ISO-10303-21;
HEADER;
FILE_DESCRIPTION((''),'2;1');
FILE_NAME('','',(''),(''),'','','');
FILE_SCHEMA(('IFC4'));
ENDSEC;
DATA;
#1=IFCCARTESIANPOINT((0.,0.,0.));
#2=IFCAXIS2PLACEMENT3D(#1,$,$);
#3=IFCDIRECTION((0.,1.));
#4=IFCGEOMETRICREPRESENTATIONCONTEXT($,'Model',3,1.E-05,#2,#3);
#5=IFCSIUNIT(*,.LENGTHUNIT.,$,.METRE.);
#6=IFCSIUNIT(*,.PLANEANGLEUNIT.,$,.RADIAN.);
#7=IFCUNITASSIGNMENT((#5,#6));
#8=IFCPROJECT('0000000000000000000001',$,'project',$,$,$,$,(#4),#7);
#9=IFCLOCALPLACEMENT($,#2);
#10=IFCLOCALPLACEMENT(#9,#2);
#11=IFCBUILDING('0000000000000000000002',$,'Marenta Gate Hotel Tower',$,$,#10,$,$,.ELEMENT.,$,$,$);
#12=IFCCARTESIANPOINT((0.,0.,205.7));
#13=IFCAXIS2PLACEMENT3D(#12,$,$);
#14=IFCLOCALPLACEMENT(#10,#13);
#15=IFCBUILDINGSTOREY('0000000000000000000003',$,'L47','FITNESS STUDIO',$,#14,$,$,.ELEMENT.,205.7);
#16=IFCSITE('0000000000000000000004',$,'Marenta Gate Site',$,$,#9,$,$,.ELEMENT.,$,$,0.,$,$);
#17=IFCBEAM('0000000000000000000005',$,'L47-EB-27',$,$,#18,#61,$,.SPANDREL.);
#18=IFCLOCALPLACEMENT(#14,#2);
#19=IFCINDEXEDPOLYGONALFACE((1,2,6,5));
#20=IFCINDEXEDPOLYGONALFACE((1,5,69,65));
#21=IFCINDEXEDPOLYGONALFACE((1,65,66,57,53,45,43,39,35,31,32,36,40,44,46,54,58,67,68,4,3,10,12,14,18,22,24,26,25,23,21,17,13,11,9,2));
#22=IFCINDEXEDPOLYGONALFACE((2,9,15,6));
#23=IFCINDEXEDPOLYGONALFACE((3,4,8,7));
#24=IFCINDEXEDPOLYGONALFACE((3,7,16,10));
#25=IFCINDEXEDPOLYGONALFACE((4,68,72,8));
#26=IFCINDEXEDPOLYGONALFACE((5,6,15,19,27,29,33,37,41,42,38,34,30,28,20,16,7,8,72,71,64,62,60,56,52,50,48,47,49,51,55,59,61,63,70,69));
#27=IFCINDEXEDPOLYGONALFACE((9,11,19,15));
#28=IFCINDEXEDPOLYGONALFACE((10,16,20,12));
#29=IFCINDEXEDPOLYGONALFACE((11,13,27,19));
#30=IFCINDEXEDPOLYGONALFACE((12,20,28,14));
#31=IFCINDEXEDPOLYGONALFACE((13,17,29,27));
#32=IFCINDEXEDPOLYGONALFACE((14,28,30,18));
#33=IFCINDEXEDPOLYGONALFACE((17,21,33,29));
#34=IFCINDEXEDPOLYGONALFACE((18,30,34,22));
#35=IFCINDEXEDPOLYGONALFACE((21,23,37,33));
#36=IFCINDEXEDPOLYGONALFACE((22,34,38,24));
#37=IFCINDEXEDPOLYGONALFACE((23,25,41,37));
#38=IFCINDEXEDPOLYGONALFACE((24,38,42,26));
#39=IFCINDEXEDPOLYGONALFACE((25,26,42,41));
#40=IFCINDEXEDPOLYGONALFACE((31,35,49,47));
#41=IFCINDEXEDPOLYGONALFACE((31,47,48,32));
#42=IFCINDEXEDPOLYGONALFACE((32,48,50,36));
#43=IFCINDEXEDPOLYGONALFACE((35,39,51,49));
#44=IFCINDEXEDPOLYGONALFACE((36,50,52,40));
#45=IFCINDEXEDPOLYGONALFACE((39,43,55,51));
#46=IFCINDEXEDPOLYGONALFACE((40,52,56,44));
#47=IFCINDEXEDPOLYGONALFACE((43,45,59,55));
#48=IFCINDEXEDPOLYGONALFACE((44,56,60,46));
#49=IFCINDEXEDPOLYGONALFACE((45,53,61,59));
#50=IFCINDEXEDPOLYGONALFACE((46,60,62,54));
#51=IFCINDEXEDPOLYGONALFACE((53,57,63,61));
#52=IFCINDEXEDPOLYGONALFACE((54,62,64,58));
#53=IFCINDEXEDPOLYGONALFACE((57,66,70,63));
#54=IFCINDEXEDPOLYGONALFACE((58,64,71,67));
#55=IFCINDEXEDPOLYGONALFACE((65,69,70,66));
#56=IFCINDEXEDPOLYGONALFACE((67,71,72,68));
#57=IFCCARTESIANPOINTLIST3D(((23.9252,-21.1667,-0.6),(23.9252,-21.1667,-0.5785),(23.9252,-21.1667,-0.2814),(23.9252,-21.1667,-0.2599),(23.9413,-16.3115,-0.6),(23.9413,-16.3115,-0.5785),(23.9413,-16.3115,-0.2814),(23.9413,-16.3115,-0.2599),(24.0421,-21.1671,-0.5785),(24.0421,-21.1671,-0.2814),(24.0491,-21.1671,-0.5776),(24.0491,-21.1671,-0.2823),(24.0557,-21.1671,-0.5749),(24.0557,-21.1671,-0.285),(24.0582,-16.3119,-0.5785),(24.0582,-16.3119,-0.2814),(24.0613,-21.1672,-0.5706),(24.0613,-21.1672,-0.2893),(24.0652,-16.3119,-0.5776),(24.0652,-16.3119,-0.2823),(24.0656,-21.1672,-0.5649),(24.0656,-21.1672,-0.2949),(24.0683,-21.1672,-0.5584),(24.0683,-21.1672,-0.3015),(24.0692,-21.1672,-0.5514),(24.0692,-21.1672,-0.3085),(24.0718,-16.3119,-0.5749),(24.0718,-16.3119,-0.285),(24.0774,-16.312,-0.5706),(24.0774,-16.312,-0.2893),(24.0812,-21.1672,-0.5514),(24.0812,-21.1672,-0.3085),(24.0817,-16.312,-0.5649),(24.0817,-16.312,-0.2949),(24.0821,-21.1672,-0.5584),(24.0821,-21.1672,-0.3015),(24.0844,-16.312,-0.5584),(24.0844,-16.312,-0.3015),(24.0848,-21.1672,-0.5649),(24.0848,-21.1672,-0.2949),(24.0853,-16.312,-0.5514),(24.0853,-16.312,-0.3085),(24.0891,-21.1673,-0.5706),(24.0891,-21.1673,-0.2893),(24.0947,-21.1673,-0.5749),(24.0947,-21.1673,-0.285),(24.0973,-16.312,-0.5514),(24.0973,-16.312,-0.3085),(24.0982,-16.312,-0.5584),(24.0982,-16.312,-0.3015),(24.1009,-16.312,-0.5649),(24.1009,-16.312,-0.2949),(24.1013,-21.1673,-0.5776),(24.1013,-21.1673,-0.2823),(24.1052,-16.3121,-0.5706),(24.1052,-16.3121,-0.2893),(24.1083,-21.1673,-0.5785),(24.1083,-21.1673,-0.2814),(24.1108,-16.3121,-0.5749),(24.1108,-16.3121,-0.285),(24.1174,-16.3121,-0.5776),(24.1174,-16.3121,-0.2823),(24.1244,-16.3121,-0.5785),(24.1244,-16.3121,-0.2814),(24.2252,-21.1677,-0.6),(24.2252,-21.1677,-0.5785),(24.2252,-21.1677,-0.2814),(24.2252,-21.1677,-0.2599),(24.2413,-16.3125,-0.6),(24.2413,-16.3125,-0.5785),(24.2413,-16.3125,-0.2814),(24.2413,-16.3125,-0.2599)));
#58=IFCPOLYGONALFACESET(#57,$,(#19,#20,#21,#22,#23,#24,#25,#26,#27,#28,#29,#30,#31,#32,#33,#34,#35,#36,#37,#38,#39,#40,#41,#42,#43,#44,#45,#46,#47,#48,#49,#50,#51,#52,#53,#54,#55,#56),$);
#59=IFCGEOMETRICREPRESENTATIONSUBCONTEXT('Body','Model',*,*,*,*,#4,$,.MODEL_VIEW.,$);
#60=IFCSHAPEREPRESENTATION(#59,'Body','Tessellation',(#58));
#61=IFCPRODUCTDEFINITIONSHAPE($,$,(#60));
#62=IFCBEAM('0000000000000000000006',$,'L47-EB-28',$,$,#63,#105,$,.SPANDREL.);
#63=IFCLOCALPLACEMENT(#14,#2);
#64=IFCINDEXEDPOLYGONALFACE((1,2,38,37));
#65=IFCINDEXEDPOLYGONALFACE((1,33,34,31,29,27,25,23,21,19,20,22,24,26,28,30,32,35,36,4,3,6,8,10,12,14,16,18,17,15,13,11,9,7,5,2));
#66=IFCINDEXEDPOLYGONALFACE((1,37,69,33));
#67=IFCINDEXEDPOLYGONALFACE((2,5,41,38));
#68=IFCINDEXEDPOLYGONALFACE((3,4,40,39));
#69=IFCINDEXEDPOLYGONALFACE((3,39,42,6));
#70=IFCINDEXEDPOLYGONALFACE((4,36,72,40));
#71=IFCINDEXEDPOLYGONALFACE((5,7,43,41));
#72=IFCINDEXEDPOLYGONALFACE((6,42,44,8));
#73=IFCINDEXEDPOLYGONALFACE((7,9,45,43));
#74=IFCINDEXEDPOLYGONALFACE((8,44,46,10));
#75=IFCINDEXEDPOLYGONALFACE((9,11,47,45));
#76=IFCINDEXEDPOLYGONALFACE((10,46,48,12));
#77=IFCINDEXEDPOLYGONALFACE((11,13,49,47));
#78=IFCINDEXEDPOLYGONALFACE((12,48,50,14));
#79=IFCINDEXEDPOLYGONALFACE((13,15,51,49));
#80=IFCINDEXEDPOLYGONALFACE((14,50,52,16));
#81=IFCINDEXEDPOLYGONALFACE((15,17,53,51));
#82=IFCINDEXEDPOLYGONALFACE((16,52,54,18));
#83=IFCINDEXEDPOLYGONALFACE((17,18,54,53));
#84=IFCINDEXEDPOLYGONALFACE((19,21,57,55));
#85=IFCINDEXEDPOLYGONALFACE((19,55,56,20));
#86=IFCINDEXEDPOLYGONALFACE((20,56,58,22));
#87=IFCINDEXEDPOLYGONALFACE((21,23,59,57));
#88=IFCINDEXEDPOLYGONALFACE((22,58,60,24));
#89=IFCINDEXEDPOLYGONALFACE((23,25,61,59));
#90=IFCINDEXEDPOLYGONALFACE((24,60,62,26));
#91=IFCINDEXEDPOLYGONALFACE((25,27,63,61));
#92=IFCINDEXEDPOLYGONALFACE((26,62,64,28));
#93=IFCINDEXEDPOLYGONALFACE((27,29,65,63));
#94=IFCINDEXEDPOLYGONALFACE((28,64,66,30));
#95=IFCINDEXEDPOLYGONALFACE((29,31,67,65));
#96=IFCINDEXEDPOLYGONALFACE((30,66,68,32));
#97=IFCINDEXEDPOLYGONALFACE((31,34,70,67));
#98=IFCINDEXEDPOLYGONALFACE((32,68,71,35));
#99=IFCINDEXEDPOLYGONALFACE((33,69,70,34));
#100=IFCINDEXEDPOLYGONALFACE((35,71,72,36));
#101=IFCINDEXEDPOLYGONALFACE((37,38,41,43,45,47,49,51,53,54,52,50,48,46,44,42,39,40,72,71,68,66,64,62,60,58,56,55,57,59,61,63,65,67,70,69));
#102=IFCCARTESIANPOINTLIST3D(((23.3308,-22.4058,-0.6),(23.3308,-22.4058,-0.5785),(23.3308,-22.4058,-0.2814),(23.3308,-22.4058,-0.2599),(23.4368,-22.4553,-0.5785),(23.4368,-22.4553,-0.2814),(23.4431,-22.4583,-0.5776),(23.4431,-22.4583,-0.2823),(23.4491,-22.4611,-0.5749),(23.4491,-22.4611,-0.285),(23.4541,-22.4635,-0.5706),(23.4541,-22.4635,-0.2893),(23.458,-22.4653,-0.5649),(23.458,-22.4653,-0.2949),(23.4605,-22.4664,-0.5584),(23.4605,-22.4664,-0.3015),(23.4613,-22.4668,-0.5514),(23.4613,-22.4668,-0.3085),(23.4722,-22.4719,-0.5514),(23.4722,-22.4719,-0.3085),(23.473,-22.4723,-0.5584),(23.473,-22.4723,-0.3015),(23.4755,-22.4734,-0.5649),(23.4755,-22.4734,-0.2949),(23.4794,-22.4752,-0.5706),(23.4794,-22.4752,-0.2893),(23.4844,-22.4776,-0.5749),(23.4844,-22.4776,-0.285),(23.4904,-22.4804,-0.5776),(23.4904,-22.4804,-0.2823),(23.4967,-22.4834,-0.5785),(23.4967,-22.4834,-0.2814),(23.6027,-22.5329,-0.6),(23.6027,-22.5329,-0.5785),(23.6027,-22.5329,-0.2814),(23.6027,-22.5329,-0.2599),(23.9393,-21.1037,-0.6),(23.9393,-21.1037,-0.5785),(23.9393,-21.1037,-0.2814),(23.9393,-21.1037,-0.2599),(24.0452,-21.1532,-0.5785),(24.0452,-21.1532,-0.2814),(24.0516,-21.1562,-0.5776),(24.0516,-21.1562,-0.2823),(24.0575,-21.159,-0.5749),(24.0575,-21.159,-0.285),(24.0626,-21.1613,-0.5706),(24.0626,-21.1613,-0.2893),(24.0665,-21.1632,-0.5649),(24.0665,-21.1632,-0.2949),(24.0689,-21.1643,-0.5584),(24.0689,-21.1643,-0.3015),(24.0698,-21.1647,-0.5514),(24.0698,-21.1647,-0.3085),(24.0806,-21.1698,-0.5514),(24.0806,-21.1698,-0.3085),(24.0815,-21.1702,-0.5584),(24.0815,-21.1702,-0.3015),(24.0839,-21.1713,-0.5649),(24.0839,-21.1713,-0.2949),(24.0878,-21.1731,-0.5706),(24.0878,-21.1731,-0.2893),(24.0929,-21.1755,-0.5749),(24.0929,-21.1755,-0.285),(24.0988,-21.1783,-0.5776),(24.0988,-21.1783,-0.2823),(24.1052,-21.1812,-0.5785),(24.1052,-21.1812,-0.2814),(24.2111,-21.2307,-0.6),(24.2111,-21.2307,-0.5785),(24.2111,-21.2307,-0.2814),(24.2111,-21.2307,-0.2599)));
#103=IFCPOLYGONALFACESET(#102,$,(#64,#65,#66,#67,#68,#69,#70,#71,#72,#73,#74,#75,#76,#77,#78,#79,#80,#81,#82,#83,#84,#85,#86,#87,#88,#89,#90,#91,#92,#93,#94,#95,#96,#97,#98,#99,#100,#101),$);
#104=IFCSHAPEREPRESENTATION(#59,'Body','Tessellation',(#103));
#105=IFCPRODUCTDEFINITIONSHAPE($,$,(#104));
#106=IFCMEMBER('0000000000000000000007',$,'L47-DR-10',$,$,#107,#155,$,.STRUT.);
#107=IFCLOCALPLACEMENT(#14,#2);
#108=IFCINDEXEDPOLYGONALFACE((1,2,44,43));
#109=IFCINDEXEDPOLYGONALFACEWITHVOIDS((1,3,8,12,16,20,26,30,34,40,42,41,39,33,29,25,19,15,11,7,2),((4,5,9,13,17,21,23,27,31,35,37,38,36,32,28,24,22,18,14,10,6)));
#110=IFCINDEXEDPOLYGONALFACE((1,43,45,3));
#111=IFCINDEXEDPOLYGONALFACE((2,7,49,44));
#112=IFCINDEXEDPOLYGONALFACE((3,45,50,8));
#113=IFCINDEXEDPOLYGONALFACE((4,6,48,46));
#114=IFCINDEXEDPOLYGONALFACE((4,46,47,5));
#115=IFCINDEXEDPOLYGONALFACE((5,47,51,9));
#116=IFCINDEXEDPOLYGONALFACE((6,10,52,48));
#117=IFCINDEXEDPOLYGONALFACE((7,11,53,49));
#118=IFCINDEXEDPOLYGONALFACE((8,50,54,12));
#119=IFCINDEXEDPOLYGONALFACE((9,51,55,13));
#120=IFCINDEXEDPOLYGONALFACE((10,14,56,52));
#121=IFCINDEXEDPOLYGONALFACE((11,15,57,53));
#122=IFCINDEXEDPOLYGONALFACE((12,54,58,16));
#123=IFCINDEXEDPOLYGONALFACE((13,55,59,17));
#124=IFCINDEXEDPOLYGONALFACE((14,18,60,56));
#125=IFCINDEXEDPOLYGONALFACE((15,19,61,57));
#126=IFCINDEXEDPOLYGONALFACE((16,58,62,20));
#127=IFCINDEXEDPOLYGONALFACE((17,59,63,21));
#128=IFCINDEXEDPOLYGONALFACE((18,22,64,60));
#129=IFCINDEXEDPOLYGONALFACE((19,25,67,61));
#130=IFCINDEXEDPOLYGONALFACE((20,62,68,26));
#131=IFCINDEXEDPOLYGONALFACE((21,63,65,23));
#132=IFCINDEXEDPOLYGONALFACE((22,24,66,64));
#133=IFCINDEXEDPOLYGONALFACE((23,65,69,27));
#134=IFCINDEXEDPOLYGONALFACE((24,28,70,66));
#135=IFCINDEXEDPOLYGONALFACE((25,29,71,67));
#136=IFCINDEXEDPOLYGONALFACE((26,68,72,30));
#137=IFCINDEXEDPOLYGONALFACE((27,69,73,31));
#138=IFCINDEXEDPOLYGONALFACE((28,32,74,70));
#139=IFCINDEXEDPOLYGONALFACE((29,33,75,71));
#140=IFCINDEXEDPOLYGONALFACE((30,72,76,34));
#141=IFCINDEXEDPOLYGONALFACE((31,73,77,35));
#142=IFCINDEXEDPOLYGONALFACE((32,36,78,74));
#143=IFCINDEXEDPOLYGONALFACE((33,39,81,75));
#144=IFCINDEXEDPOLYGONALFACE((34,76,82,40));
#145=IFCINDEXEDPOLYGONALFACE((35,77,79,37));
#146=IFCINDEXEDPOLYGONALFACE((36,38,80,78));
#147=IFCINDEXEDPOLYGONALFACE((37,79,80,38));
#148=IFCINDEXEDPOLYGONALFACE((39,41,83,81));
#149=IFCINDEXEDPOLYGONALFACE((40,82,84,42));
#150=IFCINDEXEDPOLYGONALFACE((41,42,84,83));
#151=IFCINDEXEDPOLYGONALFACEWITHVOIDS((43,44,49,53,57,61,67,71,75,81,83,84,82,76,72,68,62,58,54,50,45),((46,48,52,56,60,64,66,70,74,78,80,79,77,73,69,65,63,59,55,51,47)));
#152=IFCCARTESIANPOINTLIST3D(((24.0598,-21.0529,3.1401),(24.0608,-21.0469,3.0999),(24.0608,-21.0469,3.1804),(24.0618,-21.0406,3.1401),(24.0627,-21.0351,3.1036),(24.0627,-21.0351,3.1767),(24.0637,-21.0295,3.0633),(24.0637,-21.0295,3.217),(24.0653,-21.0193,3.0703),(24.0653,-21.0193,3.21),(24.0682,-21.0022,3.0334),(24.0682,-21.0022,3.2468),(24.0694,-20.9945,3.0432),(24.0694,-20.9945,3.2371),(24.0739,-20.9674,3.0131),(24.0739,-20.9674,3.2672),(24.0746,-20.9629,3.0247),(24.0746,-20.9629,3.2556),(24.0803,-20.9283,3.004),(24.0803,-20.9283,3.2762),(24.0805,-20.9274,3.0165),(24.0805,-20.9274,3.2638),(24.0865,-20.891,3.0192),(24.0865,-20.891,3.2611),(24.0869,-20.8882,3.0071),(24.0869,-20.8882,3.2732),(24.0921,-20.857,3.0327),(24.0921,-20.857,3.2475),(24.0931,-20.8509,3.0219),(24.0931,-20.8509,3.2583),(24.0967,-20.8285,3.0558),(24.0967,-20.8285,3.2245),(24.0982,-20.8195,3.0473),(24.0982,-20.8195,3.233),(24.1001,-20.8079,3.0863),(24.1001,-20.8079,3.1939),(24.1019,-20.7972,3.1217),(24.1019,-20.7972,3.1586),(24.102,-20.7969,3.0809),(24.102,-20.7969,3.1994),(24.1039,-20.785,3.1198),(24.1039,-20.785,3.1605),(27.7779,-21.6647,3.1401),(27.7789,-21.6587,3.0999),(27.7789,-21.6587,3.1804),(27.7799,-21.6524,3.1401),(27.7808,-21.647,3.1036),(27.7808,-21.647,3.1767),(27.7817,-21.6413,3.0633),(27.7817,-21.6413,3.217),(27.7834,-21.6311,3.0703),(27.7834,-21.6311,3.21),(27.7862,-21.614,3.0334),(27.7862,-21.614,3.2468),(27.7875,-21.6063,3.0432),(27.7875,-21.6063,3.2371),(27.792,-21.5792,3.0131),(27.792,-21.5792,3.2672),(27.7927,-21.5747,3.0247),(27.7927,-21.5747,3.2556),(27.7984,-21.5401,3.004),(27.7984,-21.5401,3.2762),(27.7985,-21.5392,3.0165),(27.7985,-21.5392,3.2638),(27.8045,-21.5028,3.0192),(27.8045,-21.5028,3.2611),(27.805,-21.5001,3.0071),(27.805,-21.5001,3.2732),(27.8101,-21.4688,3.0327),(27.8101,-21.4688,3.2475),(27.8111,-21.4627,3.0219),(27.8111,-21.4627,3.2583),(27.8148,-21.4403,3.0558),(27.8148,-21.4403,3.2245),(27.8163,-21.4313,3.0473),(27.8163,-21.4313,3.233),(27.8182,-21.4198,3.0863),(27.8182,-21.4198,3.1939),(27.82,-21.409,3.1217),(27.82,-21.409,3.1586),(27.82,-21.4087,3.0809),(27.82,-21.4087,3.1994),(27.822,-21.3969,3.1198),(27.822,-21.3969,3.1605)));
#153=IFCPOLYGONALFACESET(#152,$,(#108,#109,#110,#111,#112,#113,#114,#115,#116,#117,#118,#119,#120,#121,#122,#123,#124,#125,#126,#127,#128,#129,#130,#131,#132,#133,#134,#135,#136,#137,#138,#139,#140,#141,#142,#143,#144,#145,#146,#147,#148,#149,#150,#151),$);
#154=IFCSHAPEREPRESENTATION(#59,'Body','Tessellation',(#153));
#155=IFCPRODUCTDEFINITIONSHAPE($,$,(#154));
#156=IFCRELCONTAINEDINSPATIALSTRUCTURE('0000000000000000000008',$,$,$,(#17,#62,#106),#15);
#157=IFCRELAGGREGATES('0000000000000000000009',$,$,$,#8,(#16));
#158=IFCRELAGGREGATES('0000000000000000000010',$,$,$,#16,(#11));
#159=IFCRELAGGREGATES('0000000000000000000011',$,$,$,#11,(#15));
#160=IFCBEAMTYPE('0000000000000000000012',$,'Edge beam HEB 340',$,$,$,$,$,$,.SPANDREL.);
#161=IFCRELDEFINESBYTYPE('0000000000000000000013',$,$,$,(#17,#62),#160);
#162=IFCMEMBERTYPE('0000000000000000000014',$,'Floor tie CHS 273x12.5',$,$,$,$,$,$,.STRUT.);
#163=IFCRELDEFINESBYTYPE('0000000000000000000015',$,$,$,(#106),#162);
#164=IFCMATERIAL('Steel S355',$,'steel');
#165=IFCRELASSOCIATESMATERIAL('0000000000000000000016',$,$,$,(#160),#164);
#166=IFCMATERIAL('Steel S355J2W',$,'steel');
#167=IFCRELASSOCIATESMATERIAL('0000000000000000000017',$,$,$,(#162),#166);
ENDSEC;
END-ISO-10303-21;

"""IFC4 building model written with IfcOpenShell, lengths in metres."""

from ifc_helpers import new_model, si_unit, direction, frame, origin, origin_2d, place, context, subcontext, project, spatial, hollow_circle, i_section, extrude, material, material_profile, profile_set, type_object, element, save


model = new_model("IFC4")

# Units and contexts
model_context = context("Model", 3, precision=1e-05, world=origin(), true_north=direction((0.0, 1.0)))
body_context = subcontext(model_context, "Body", "Model", "MODEL_VIEW")
ifc_project = project(units=[si_unit("LENGTHUNIT", "METRE"), si_unit("PLANEANGLEUNIT", "RADIAN")], contexts=[model_context])

# Site, building, storey
site_placement = place(None, origin())
site = spatial("IfcSite", under=ifc_project, at=site_placement, Name="Marenta Gate Site", CompositionType="ELEMENT", RefElevation=0.0)
building_placement = place(site_placement, origin())
building = spatial("IfcBuilding", under=site, at=building_placement, Name="Marenta Gate Hotel Tower", CompositionType="ELEMENT")
storey_placement = place(building_placement, frame((0.0, 0.0, 205.7)))
storey = spatial("IfcBuildingStorey", under=building, at=storey_placement, Name="L47", Description="FITNESS STUDIO", CompositionType="ELEMENT", Elevation=205.7)

# Beams
ifc_material_1 = material(Name="Steel S355", Category="steel")
ifc_material_profile_1 = material_profile(ifc_material_1, i_section(OverallWidth=0.3, OverallDepth=0.3401, WebThickness=0.012, FlangeThickness=0.0215, FilletRadius=0.0271, at=origin_2d()), Name="HEB 340")
ifc_profile_set_1 = profile_set([ifc_material_profile_1], Name="Steel S355")
beam_type_1 = type_object("IfcBeamType", Name="Edge beam HEB 340", PredefinedType="SPANDREL", material=ifc_profile_set_1)
beam_1_placement = place(storey_placement, frame((24.0913, -16.312, -0.4299), z_axis=(-0.003319, -0.999994, 0.0), x_axis=(0.999994, -0.003319, 0.0)))
element("IfcBeam", 1, at=beam_1_placement, inside=storey, type_object=beam_type_1, Name="L47-EB-27", PredefinedType="SPANDREL", context=body_context, shape_type="SweptSolid", body=[
    extrude(i_section(OverallWidth=0.3, OverallDepth=0.3401, WebThickness=0.012, FlangeThickness=0.0215, FilletRadius=0.0271, at=origin_2d()), origin(), (0.0, 0.0, 1.0), 4.8552),
])
beam_2_placement = place(storey_placement, frame((24.0752, -21.1672, -0.4299), z_axis=(-0.423341, -0.90597, 0.0), x_axis=(0.90597, -0.423341, 0.0)))
element("IfcBeam", 2, at=beam_2_placement, inside=storey, type_object=beam_type_1, Name="L47-EB-28", PredefinedType="SPANDREL", context=body_context, shape_type="SweptSolid", body=[
    extrude(i_section(OverallWidth=0.3, OverallDepth=0.3401, WebThickness=0.012, FlangeThickness=0.0215, FilletRadius=0.0271, at=origin_2d()), origin(), (0.0, 0.0, 1.0), 1.4373),
])

# Member
ifc_material_2 = material(Name="Steel S355J2W", Category="steel")
ifc_material_profile_2 = material_profile(ifc_material_2, hollow_circle(Radius=0.1365, WallThickness=0.0125, at=origin_2d()), Name="CHS 273x12.5")
ifc_profile_set_2 = profile_set([ifc_material_profile_2], Name="Steel S355J2W")
member_type_1 = type_object("IfcMemberType", Name="Floor tie CHS 273x12.5", PredefinedType="STRUT", material=ifc_profile_set_2)
member_1_placement = place(storey_placement, frame((27.8, -21.53, 3.1401), z_axis=(-0.98673, 0.162371, 0.0), x_axis=(-0.162371, -0.98673, 0.0)))
element("IfcMember", 3, at=member_1_placement, inside=storey, type_object=member_type_1, Name="L47-DR-10", PredefinedType="STRUT", context=body_context, shape_type="SweptSolid", body=[
    extrude(hollow_circle(Radius=0.1365, WallThickness=0.0125, at=origin_2d()), origin(), (0.0, 0.0, 1.0), 3.7681),
])

save(model, "model.ifc")
